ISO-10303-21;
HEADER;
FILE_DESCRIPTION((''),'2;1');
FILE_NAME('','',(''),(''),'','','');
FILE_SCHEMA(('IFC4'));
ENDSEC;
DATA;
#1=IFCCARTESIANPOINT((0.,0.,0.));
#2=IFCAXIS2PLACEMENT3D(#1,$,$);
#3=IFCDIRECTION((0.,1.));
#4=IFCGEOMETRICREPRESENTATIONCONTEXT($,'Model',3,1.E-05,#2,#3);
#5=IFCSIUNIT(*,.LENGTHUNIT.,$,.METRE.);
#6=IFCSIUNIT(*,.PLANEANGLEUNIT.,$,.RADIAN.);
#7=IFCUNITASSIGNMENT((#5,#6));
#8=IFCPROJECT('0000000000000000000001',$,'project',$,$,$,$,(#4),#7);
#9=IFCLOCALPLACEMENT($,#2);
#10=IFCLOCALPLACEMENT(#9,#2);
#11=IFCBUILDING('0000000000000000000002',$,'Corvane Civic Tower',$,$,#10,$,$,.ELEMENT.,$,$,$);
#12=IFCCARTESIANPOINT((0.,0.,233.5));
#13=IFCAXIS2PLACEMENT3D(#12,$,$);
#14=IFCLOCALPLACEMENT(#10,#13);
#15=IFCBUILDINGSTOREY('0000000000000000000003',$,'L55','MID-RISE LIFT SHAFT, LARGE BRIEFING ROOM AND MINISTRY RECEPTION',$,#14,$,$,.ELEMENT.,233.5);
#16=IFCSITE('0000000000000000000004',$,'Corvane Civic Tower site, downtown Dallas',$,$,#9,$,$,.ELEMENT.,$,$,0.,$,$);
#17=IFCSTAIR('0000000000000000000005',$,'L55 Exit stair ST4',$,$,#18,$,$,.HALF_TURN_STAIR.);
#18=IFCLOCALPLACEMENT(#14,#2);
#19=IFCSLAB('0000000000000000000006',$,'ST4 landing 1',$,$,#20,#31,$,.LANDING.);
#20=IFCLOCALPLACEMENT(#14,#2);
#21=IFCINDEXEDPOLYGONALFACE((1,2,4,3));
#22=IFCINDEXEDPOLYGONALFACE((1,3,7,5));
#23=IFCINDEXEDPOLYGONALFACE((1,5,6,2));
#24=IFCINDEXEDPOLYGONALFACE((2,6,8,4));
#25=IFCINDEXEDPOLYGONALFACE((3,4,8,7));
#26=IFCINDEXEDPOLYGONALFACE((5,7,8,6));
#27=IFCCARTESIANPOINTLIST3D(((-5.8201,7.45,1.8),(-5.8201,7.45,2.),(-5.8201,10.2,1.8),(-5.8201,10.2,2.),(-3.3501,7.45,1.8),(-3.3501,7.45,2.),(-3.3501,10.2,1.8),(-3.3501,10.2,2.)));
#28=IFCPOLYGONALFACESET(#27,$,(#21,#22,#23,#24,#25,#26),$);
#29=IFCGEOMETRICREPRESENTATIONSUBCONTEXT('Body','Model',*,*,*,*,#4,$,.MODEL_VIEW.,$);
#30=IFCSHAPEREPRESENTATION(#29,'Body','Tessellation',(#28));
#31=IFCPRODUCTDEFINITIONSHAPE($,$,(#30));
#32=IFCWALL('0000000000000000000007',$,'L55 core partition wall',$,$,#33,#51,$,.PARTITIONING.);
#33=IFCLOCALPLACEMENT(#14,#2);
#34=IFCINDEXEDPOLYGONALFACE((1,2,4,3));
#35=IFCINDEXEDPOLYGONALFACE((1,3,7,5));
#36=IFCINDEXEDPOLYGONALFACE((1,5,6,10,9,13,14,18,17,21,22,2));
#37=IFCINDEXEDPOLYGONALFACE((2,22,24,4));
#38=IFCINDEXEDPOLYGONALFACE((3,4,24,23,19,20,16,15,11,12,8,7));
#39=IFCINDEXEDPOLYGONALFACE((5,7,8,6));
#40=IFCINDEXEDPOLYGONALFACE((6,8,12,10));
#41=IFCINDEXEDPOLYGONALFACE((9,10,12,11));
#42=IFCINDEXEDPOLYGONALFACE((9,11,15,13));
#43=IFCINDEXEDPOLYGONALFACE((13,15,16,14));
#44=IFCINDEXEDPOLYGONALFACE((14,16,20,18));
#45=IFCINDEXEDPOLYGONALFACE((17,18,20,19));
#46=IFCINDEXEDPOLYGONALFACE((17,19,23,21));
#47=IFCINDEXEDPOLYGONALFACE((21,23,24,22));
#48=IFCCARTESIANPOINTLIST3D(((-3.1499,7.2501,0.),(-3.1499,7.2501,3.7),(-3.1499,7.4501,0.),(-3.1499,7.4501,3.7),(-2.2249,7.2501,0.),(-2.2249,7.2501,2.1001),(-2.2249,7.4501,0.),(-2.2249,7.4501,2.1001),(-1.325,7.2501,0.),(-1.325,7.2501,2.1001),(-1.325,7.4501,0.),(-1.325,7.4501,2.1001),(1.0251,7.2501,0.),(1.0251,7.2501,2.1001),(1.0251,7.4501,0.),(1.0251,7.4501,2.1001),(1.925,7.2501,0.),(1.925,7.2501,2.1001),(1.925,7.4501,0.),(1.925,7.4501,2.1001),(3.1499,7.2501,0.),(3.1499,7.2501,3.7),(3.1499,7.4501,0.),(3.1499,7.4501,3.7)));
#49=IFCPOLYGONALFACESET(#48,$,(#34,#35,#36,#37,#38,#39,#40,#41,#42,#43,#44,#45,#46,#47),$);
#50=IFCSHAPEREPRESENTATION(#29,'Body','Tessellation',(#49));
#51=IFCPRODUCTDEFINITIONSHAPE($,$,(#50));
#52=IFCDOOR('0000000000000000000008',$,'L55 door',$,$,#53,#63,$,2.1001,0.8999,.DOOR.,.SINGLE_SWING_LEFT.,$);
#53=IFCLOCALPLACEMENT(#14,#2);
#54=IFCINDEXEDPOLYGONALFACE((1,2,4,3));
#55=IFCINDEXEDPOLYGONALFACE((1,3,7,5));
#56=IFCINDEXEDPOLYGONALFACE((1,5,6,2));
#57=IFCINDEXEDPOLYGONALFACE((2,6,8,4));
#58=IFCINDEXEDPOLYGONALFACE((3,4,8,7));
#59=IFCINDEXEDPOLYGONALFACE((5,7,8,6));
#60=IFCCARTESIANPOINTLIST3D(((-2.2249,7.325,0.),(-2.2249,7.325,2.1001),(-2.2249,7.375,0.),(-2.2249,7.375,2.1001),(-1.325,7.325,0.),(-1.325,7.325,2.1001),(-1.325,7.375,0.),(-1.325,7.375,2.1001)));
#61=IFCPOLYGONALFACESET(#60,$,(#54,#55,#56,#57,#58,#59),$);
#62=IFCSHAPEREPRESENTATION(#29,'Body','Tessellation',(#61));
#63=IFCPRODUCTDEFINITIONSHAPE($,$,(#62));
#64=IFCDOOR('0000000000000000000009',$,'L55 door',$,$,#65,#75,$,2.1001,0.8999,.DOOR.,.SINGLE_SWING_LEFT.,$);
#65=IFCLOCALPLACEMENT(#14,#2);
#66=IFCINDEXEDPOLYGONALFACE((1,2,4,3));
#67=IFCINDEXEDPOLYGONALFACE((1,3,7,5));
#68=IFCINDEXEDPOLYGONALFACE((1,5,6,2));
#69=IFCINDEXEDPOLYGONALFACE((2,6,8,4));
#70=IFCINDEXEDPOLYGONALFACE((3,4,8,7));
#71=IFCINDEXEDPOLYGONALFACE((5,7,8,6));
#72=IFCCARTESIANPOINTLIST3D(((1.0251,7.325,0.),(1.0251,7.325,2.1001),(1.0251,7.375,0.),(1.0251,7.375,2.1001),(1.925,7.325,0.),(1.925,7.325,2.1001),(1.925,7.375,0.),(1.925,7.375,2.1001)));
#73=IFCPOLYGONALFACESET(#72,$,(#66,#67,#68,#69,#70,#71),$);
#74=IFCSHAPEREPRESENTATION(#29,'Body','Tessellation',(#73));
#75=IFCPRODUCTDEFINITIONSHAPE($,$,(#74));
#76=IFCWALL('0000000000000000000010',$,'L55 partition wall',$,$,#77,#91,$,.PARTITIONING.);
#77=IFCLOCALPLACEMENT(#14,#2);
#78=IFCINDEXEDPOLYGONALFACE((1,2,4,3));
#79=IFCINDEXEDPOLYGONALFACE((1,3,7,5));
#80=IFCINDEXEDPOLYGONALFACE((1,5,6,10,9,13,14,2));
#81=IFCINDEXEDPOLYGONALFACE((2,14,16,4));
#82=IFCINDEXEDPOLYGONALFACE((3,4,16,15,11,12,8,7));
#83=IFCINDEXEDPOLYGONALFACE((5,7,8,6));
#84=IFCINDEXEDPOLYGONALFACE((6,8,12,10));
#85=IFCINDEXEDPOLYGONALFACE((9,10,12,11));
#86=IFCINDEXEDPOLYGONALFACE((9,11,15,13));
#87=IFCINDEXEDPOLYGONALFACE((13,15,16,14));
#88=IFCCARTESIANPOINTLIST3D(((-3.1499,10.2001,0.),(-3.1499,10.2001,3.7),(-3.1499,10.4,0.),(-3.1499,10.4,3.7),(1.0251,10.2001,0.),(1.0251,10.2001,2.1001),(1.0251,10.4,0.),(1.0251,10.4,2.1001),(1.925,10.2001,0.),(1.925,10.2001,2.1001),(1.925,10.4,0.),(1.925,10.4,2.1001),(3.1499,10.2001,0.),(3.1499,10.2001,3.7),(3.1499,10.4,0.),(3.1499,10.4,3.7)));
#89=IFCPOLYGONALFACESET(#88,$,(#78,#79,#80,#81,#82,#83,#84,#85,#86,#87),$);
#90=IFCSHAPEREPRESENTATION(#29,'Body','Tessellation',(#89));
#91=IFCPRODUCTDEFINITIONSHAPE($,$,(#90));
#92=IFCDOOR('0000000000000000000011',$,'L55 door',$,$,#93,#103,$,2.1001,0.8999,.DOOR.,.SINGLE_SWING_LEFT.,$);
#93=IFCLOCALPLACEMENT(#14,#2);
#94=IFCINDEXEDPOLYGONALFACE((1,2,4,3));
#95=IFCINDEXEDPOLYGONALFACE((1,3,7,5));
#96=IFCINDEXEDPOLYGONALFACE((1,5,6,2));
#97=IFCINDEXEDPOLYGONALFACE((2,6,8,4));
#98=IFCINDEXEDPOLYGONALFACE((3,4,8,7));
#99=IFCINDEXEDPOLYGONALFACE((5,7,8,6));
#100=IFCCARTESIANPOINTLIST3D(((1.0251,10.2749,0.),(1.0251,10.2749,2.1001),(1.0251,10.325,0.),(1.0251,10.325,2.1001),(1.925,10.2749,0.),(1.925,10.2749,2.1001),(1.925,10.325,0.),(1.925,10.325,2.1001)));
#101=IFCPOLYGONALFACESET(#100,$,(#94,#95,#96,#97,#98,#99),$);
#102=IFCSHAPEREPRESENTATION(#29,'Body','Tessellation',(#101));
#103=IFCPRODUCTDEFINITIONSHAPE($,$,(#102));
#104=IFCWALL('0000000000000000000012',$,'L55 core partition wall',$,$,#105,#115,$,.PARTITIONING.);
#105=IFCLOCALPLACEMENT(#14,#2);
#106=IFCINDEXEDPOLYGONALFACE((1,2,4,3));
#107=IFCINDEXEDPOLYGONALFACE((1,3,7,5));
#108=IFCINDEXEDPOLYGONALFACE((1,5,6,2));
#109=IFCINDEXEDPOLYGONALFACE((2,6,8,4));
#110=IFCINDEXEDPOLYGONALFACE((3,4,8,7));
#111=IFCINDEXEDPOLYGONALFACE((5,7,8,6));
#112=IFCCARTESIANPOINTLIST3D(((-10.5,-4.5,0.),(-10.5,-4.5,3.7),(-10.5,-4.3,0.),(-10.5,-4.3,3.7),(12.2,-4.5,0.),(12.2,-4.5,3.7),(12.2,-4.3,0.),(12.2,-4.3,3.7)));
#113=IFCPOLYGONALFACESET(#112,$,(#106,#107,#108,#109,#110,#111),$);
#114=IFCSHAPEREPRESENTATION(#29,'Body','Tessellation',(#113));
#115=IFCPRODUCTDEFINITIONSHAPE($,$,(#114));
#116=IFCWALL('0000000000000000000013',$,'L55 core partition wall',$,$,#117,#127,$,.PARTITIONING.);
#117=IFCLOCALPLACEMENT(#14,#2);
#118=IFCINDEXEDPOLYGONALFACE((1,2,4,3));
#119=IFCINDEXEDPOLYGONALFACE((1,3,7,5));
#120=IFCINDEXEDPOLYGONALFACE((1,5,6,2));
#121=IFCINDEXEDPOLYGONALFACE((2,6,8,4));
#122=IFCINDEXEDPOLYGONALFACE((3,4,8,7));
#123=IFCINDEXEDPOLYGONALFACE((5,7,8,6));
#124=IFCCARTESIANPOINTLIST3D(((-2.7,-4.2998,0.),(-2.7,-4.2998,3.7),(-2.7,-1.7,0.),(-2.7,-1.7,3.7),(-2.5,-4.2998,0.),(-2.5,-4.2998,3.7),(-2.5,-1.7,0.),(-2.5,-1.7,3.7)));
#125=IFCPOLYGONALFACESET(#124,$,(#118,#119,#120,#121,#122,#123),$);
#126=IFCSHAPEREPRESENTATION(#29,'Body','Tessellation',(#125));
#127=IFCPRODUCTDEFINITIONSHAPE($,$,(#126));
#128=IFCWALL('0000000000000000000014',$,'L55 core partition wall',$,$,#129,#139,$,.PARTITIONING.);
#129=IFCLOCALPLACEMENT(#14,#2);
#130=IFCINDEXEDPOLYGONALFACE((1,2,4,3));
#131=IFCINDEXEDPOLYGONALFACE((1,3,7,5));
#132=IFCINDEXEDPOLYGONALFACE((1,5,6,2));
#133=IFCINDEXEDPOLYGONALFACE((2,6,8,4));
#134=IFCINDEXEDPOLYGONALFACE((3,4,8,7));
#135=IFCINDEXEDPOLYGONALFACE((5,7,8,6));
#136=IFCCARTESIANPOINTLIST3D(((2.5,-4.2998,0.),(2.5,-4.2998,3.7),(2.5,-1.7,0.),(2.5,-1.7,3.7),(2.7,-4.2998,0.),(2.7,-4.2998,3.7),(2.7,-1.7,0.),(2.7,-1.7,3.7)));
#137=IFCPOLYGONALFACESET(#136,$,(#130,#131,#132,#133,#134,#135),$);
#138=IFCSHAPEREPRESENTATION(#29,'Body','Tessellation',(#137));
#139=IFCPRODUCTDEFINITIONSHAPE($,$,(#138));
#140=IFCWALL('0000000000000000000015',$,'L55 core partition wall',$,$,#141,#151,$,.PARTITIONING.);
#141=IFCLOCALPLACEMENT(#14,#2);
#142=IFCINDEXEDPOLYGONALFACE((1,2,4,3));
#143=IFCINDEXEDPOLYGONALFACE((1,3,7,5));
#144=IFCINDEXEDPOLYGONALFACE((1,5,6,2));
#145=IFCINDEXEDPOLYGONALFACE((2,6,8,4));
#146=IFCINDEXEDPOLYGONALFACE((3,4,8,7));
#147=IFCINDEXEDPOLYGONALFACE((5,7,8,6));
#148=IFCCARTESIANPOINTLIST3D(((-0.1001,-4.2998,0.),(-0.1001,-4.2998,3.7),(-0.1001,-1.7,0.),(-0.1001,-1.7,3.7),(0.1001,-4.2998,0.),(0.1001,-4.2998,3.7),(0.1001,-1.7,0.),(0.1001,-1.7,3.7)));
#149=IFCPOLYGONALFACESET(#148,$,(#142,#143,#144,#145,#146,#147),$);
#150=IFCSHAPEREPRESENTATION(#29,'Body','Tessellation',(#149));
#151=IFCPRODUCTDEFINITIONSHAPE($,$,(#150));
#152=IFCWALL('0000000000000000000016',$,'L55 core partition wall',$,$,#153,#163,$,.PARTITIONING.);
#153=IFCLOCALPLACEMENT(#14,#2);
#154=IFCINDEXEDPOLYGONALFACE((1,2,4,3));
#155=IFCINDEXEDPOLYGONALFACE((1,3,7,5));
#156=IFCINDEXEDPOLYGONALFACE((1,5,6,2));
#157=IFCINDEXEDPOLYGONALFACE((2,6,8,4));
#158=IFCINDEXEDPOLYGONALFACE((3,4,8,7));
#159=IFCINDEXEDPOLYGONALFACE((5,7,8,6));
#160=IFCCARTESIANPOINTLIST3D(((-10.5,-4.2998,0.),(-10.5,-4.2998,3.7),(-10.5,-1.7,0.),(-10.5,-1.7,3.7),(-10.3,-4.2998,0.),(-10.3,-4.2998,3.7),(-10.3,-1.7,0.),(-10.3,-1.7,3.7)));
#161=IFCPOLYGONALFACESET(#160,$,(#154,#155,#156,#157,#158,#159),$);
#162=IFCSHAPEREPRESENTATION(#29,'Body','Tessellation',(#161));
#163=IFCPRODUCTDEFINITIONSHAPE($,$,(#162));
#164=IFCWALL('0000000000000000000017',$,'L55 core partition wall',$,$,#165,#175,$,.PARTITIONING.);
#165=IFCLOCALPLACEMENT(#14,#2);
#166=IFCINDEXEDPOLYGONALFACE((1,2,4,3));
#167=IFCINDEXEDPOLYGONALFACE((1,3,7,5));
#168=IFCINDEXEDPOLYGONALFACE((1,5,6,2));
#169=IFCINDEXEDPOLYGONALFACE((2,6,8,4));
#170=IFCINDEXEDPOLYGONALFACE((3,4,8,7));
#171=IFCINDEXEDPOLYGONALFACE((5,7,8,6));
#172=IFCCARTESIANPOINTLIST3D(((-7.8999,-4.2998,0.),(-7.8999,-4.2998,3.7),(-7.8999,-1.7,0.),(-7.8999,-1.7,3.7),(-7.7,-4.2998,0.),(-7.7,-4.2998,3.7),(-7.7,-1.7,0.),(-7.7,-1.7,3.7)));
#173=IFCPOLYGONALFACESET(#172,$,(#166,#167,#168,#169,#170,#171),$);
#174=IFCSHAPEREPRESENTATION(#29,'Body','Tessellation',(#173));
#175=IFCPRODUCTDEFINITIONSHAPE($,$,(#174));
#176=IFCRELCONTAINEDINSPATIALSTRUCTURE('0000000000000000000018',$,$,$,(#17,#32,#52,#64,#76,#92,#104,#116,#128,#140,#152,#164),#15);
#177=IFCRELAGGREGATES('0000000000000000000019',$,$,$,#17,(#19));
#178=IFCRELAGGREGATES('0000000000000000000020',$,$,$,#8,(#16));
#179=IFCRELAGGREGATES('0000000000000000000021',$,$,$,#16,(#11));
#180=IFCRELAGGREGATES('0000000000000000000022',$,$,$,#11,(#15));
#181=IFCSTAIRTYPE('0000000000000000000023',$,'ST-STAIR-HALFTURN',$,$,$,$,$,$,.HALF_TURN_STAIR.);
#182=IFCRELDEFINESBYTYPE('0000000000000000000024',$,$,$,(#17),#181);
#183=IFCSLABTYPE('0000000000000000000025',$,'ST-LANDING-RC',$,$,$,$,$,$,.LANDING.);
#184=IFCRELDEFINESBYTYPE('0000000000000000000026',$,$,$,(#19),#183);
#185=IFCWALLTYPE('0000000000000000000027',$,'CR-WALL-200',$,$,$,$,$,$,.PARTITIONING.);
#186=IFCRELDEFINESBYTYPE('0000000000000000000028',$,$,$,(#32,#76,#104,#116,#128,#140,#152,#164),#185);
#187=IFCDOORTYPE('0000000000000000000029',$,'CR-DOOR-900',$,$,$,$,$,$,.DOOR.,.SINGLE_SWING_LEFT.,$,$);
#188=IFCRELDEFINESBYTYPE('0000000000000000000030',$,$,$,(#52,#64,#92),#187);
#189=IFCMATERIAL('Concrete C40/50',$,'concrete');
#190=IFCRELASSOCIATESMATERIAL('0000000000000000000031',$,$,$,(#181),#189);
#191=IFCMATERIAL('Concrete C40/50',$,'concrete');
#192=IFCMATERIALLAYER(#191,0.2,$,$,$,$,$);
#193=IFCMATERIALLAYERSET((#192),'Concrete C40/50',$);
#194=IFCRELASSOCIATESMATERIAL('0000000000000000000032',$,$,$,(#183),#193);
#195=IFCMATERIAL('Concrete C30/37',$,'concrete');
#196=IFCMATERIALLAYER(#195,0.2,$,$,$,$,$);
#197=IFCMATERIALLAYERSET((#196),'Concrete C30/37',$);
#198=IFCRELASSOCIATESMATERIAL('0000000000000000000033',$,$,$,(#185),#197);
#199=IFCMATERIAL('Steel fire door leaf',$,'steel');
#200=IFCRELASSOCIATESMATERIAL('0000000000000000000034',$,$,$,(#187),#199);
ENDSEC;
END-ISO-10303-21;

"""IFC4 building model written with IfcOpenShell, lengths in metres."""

from ifc_helpers import new_model, si_unit, direction, frame, frame_2d, origin, place, context, subcontext, project, spatial, polyline, rectangle, outline, extrude, material, layer, layer_set, type_object, element, fill, aggregate, save


model = new_model("IFC4")

# Units and contexts
model_context = context("Model", 3, precision=1e-05, world=origin(), true_north=direction((0.0, 1.0)))
body_context = subcontext(model_context, "Body", "Model", "MODEL_VIEW")
ifc_project = project(units=[si_unit("LENGTHUNIT", "METRE"), si_unit("PLANEANGLEUNIT", "RADIAN")], contexts=[model_context])

# Site, building, storey
site_placement = place(None, origin())
site = spatial("IfcSite", under=ifc_project, at=site_placement, Name="Corvane Civic Tower site, downtown Dallas", CompositionType="ELEMENT", RefElevation=0.0)
building_placement = place(site_placement, origin())
building = spatial("IfcBuilding", under=site, at=building_placement, Name="Corvane Civic Tower", CompositionType="ELEMENT")
storey_placement = place(building_placement, frame((0.0, 0.0, 233.5)))
storey = spatial("IfcBuildingStorey", under=building, at=storey_placement, Name="L55", Description="MID-RISE LIFT SHAFT, LARGE BRIEFING ROOM AND MINISTRY RECEPTION", CompositionType="ELEMENT", Elevation=233.5)

# Stair, slab
ifc_material_1 = material(Name="Concrete C40/50", Category="concrete")
stair_type = type_object("IfcStairType", Name="ST-STAIR-HALFTURN", PredefinedType="HALF_TURN_STAIR", material=ifc_material_1)
stair_placement = place(storey_placement, origin())
stair = element("IfcStair", 1, at=stair_placement, inside=storey, type_object=stair_type, Name="L55 Exit stair ST4", PredefinedType="HALF_TURN_STAIR")
ifc_material_2 = material(Name="Concrete C40/50", Category="concrete")
ifc_layer_1 = layer(ifc_material_2, 0.2)
ifc_layer_set_1 = layer_set([ifc_layer_1], Name="Concrete C40/50")
slab_type = type_object("IfcSlabType", Name="ST-LANDING-RC", PredefinedType="LANDING", material=ifc_layer_set_1)
slab_placement = place(storey_placement, frame((0.0, 0.0, 1.8)))
slab = element("IfcSlab", 2, at=slab_placement, type_object=slab_type, Name="ST4 landing 1", PredefinedType="LANDING", context=body_context, shape_type="SweptSolid", body=[
    extrude(outline(polyline([(-5.8201, 7.45), (-3.3501, 7.45), (-3.3501, 10.2), (-5.8201, 10.2), (-5.8201, 7.45)])), origin(), (0.0, 0.0, 1.0), 0.2),
])
aggregate(stair, [slab])

# Wall, openings, doors
ifc_material_3 = material(Name="Concrete C30/37", Category="concrete")
ifc_layer_2 = layer(ifc_material_3, 0.2)
ifc_layer_set_2 = layer_set([ifc_layer_2], Name="Concrete C30/37")
wall_type = type_object("IfcWallType", Name="CR-WALL-200", PredefinedType="PARTITIONING", material=ifc_layer_set_2)
wall_1_placement = place(storey_placement, frame((-3.1499, 7.3501, 0.0), z_axis=(0.0, 0.0, 1.0), x_axis=(1.0, 0.0, 0.0)))
wall_1 = element("IfcWall", 3, at=wall_1_placement, inside=storey, type_object=wall_type, Name="L55 core partition wall", PredefinedType="PARTITIONING", context=body_context, shape_type="SweptSolid", body=[
    extrude(rectangle(XDim=6.2998, YDim=0.2, at=frame_2d((3.1499, 0.0))), origin(), (0.0, 0.0, 1.0), 3.7),
])
opening_1_placement = place(wall_1_placement, frame((0.925, 0.0, 0.0)))
opening_1 = element("IfcOpeningElement", 4, at=opening_1_placement, cuts=wall_1, PredefinedType="OPENING", context=body_context, shape_type="SweptSolid", body=[
    extrude(rectangle(XDim=0.8999, YDim=2.1001, at=frame_2d((0.45, 1.05))), frame((0.0, 0.1099, 0.0), z_axis=(0.0, -1.0, 0.0), x_axis=(1.0, 0.0, 0.0)), (0.0, 0.0, 1.0), 0.22),
])
opening_2_placement = place(wall_1_placement, frame((4.175, 0.0, 0.0)))
opening_2 = element("IfcOpeningElement", 5, at=opening_2_placement, cuts=wall_1, PredefinedType="OPENING", context=body_context, shape_type="SweptSolid", body=[
    extrude(rectangle(XDim=0.8999, YDim=2.1001, at=frame_2d((0.45, 1.05))), frame((0.0, 0.1099, 0.0), z_axis=(0.0, -1.0, 0.0), x_axis=(1.0, 0.0, 0.0)), (0.0, 0.0, 1.0), 0.22),
])
ifc_material_4 = material(Name="Steel fire door leaf", Category="steel")
door_type = type_object("IfcDoorType", Name="CR-DOOR-900", OperationType="SINGLE_SWING_LEFT", PredefinedType="DOOR", material=ifc_material_4)
door_1_placement = place(opening_1_placement, origin())
door_1 = element("IfcDoor", 6, at=door_1_placement, inside=storey, type_object=door_type, Name="L55 door", OperationType="SINGLE_SWING_LEFT", OverallHeight=2.1001, OverallWidth=0.8999, PredefinedType="DOOR", context=body_context, shape_type="SweptSolid", body=[
    extrude(rectangle(XDim=0.8999, YDim=2.1001, at=frame_2d((0.45, 1.05))), frame((0.0, 0.0249, 0.0), z_axis=(0.0, -1.0, 0.0), x_axis=(1.0, 0.0, 0.0)), (0.0, 0.0, 1.0), 0.05),
])
fill(opening_1, door_1)
door_2_placement = place(opening_2_placement, origin())
door_2 = element("IfcDoor", 7, at=door_2_placement, inside=storey, type_object=door_type, Name="L55 door", OperationType="SINGLE_SWING_LEFT", OverallHeight=2.1001, OverallWidth=0.8999, PredefinedType="DOOR", context=body_context, shape_type="SweptSolid", body=[
    extrude(rectangle(XDim=0.8999, YDim=2.1001, at=frame_2d((0.45, 1.05))), frame((0.0, 0.0249, 0.0), z_axis=(0.0, -1.0, 0.0), x_axis=(1.0, 0.0, 0.0)), (0.0, 0.0, 1.0), 0.05),
])
fill(opening_2, door_2)

# Wall, opening, door
wall_2_placement = place(storey_placement, frame((-3.1499, 10.3, 0.0), z_axis=(0.0, 0.0, 1.0), x_axis=(1.0, 0.0, 0.0)))
wall_2 = element("IfcWall", 8, at=wall_2_placement, inside=storey, type_object=wall_type, Name="L55 partition wall", PredefinedType="PARTITIONING", context=body_context, shape_type="SweptSolid", body=[
    extrude(rectangle(XDim=6.2998, YDim=0.2, at=frame_2d((3.1499, 0.0))), origin(), (0.0, 0.0, 1.0), 3.7),
])
opening_3_placement = place(wall_2_placement, frame((4.175, 0.0, 0.0)))
opening_3 = element("IfcOpeningElement", 9, at=opening_3_placement, cuts=wall_2, PredefinedType="OPENING", context=body_context, shape_type="SweptSolid", body=[
    extrude(rectangle(XDim=0.8999, YDim=2.1001, at=frame_2d((0.45, 1.05))), frame((0.0, 0.1099, 0.0), z_axis=(0.0, -1.0, 0.0), x_axis=(1.0, 0.0, 0.0)), (0.0, 0.0, 1.0), 0.22),
])
door_3_placement = place(opening_3_placement, origin())
door_3 = element("IfcDoor", 10, at=door_3_placement, inside=storey, type_object=door_type, Name="L55 door", OperationType="SINGLE_SWING_LEFT", OverallHeight=2.1001, OverallWidth=0.8999, PredefinedType="DOOR", context=body_context, shape_type="SweptSolid", body=[
    extrude(rectangle(XDim=0.8999, YDim=2.1001, at=frame_2d((0.45, 1.05))), frame((0.0, 0.0249, 0.0), z_axis=(0.0, -1.0, 0.0), x_axis=(1.0, 0.0, 0.0)), (0.0, 0.0, 1.0), 0.05),
])
fill(opening_3, door_3)

# Walls
wall_3_placement = place(storey_placement, origin())
element("IfcWall", 11, at=wall_3_placement, inside=storey, type_object=wall_type, Name="L55 core partition wall", PredefinedType="PARTITIONING", context=body_context, shape_type="SweptSolid", body=[
    extrude(outline(polyline([(12.2, -4.3), (12.2, -4.5), (-10.5, -4.5), (-10.5, -4.3), (12.2, -4.3)])), origin(), (0.0, 0.0, 1.0), 3.7),
])
wall_4_placement = place(storey_placement, origin())
element("IfcWall", 12, at=wall_4_placement, inside=storey, type_object=wall_type, Name="L55 core partition wall", PredefinedType="PARTITIONING", context=body_context, shape_type="SweptSolid", body=[
    extrude(outline(polyline([(-2.5, -1.7), (-2.5, -4.2998), (-2.7, -4.2998), (-2.7, -1.7), (-2.5, -1.7)])), origin(), (0.0, 0.0, 1.0), 3.7),
])
wall_5_placement = place(storey_placement, origin())
element("IfcWall", 13, at=wall_5_placement, inside=storey, type_object=wall_type, Name="L55 core partition wall", PredefinedType="PARTITIONING", context=body_context, shape_type="SweptSolid", body=[
    extrude(outline(polyline([(2.7, -1.7), (2.7, -4.2998), (2.5, -4.2998), (2.5, -1.7), (2.7, -1.7)])), origin(), (0.0, 0.0, 1.0), 3.7),
])
wall_6_placement = place(storey_placement, origin())
element("IfcWall", 14, at=wall_6_placement, inside=storey, type_object=wall_type, Name="L55 core partition wall", PredefinedType="PARTITIONING", context=body_context, shape_type="SweptSolid", body=[
    extrude(outline(polyline([(0.1001, -1.7), (0.1001, -4.2998), (-0.1001, -4.2998), (-0.1001, -1.7), (0.1001, -1.7)])), origin(), (0.0, 0.0, 1.0), 3.7),
])
wall_7_placement = place(storey_placement, origin())
element("IfcWall", 15, at=wall_7_placement, inside=storey, type_object=wall_type, Name="L55 core partition wall", PredefinedType="PARTITIONING", context=body_context, shape_type="SweptSolid", body=[
    extrude(outline(polyline([(-10.3, -1.7), (-10.3, -4.2998), (-10.5, -4.2998), (-10.5, -1.7), (-10.3, -1.7)])), origin(), (0.0, 0.0, 1.0), 3.7),
])
wall_8_placement = place(storey_placement, origin())
element("IfcWall", 16, at=wall_8_placement, inside=storey, type_object=wall_type, Name="L55 core partition wall", PredefinedType="PARTITIONING", context=body_context, shape_type="SweptSolid", body=[
    extrude(outline(polyline([(-7.7, -1.7), (-7.7, -4.2998), (-7.8999, -4.2998), (-7.8999, -1.7), (-7.7, -1.7)])), origin(), (0.0, 0.0, 1.0), 3.7),
])

save(model, "model.ifc")
